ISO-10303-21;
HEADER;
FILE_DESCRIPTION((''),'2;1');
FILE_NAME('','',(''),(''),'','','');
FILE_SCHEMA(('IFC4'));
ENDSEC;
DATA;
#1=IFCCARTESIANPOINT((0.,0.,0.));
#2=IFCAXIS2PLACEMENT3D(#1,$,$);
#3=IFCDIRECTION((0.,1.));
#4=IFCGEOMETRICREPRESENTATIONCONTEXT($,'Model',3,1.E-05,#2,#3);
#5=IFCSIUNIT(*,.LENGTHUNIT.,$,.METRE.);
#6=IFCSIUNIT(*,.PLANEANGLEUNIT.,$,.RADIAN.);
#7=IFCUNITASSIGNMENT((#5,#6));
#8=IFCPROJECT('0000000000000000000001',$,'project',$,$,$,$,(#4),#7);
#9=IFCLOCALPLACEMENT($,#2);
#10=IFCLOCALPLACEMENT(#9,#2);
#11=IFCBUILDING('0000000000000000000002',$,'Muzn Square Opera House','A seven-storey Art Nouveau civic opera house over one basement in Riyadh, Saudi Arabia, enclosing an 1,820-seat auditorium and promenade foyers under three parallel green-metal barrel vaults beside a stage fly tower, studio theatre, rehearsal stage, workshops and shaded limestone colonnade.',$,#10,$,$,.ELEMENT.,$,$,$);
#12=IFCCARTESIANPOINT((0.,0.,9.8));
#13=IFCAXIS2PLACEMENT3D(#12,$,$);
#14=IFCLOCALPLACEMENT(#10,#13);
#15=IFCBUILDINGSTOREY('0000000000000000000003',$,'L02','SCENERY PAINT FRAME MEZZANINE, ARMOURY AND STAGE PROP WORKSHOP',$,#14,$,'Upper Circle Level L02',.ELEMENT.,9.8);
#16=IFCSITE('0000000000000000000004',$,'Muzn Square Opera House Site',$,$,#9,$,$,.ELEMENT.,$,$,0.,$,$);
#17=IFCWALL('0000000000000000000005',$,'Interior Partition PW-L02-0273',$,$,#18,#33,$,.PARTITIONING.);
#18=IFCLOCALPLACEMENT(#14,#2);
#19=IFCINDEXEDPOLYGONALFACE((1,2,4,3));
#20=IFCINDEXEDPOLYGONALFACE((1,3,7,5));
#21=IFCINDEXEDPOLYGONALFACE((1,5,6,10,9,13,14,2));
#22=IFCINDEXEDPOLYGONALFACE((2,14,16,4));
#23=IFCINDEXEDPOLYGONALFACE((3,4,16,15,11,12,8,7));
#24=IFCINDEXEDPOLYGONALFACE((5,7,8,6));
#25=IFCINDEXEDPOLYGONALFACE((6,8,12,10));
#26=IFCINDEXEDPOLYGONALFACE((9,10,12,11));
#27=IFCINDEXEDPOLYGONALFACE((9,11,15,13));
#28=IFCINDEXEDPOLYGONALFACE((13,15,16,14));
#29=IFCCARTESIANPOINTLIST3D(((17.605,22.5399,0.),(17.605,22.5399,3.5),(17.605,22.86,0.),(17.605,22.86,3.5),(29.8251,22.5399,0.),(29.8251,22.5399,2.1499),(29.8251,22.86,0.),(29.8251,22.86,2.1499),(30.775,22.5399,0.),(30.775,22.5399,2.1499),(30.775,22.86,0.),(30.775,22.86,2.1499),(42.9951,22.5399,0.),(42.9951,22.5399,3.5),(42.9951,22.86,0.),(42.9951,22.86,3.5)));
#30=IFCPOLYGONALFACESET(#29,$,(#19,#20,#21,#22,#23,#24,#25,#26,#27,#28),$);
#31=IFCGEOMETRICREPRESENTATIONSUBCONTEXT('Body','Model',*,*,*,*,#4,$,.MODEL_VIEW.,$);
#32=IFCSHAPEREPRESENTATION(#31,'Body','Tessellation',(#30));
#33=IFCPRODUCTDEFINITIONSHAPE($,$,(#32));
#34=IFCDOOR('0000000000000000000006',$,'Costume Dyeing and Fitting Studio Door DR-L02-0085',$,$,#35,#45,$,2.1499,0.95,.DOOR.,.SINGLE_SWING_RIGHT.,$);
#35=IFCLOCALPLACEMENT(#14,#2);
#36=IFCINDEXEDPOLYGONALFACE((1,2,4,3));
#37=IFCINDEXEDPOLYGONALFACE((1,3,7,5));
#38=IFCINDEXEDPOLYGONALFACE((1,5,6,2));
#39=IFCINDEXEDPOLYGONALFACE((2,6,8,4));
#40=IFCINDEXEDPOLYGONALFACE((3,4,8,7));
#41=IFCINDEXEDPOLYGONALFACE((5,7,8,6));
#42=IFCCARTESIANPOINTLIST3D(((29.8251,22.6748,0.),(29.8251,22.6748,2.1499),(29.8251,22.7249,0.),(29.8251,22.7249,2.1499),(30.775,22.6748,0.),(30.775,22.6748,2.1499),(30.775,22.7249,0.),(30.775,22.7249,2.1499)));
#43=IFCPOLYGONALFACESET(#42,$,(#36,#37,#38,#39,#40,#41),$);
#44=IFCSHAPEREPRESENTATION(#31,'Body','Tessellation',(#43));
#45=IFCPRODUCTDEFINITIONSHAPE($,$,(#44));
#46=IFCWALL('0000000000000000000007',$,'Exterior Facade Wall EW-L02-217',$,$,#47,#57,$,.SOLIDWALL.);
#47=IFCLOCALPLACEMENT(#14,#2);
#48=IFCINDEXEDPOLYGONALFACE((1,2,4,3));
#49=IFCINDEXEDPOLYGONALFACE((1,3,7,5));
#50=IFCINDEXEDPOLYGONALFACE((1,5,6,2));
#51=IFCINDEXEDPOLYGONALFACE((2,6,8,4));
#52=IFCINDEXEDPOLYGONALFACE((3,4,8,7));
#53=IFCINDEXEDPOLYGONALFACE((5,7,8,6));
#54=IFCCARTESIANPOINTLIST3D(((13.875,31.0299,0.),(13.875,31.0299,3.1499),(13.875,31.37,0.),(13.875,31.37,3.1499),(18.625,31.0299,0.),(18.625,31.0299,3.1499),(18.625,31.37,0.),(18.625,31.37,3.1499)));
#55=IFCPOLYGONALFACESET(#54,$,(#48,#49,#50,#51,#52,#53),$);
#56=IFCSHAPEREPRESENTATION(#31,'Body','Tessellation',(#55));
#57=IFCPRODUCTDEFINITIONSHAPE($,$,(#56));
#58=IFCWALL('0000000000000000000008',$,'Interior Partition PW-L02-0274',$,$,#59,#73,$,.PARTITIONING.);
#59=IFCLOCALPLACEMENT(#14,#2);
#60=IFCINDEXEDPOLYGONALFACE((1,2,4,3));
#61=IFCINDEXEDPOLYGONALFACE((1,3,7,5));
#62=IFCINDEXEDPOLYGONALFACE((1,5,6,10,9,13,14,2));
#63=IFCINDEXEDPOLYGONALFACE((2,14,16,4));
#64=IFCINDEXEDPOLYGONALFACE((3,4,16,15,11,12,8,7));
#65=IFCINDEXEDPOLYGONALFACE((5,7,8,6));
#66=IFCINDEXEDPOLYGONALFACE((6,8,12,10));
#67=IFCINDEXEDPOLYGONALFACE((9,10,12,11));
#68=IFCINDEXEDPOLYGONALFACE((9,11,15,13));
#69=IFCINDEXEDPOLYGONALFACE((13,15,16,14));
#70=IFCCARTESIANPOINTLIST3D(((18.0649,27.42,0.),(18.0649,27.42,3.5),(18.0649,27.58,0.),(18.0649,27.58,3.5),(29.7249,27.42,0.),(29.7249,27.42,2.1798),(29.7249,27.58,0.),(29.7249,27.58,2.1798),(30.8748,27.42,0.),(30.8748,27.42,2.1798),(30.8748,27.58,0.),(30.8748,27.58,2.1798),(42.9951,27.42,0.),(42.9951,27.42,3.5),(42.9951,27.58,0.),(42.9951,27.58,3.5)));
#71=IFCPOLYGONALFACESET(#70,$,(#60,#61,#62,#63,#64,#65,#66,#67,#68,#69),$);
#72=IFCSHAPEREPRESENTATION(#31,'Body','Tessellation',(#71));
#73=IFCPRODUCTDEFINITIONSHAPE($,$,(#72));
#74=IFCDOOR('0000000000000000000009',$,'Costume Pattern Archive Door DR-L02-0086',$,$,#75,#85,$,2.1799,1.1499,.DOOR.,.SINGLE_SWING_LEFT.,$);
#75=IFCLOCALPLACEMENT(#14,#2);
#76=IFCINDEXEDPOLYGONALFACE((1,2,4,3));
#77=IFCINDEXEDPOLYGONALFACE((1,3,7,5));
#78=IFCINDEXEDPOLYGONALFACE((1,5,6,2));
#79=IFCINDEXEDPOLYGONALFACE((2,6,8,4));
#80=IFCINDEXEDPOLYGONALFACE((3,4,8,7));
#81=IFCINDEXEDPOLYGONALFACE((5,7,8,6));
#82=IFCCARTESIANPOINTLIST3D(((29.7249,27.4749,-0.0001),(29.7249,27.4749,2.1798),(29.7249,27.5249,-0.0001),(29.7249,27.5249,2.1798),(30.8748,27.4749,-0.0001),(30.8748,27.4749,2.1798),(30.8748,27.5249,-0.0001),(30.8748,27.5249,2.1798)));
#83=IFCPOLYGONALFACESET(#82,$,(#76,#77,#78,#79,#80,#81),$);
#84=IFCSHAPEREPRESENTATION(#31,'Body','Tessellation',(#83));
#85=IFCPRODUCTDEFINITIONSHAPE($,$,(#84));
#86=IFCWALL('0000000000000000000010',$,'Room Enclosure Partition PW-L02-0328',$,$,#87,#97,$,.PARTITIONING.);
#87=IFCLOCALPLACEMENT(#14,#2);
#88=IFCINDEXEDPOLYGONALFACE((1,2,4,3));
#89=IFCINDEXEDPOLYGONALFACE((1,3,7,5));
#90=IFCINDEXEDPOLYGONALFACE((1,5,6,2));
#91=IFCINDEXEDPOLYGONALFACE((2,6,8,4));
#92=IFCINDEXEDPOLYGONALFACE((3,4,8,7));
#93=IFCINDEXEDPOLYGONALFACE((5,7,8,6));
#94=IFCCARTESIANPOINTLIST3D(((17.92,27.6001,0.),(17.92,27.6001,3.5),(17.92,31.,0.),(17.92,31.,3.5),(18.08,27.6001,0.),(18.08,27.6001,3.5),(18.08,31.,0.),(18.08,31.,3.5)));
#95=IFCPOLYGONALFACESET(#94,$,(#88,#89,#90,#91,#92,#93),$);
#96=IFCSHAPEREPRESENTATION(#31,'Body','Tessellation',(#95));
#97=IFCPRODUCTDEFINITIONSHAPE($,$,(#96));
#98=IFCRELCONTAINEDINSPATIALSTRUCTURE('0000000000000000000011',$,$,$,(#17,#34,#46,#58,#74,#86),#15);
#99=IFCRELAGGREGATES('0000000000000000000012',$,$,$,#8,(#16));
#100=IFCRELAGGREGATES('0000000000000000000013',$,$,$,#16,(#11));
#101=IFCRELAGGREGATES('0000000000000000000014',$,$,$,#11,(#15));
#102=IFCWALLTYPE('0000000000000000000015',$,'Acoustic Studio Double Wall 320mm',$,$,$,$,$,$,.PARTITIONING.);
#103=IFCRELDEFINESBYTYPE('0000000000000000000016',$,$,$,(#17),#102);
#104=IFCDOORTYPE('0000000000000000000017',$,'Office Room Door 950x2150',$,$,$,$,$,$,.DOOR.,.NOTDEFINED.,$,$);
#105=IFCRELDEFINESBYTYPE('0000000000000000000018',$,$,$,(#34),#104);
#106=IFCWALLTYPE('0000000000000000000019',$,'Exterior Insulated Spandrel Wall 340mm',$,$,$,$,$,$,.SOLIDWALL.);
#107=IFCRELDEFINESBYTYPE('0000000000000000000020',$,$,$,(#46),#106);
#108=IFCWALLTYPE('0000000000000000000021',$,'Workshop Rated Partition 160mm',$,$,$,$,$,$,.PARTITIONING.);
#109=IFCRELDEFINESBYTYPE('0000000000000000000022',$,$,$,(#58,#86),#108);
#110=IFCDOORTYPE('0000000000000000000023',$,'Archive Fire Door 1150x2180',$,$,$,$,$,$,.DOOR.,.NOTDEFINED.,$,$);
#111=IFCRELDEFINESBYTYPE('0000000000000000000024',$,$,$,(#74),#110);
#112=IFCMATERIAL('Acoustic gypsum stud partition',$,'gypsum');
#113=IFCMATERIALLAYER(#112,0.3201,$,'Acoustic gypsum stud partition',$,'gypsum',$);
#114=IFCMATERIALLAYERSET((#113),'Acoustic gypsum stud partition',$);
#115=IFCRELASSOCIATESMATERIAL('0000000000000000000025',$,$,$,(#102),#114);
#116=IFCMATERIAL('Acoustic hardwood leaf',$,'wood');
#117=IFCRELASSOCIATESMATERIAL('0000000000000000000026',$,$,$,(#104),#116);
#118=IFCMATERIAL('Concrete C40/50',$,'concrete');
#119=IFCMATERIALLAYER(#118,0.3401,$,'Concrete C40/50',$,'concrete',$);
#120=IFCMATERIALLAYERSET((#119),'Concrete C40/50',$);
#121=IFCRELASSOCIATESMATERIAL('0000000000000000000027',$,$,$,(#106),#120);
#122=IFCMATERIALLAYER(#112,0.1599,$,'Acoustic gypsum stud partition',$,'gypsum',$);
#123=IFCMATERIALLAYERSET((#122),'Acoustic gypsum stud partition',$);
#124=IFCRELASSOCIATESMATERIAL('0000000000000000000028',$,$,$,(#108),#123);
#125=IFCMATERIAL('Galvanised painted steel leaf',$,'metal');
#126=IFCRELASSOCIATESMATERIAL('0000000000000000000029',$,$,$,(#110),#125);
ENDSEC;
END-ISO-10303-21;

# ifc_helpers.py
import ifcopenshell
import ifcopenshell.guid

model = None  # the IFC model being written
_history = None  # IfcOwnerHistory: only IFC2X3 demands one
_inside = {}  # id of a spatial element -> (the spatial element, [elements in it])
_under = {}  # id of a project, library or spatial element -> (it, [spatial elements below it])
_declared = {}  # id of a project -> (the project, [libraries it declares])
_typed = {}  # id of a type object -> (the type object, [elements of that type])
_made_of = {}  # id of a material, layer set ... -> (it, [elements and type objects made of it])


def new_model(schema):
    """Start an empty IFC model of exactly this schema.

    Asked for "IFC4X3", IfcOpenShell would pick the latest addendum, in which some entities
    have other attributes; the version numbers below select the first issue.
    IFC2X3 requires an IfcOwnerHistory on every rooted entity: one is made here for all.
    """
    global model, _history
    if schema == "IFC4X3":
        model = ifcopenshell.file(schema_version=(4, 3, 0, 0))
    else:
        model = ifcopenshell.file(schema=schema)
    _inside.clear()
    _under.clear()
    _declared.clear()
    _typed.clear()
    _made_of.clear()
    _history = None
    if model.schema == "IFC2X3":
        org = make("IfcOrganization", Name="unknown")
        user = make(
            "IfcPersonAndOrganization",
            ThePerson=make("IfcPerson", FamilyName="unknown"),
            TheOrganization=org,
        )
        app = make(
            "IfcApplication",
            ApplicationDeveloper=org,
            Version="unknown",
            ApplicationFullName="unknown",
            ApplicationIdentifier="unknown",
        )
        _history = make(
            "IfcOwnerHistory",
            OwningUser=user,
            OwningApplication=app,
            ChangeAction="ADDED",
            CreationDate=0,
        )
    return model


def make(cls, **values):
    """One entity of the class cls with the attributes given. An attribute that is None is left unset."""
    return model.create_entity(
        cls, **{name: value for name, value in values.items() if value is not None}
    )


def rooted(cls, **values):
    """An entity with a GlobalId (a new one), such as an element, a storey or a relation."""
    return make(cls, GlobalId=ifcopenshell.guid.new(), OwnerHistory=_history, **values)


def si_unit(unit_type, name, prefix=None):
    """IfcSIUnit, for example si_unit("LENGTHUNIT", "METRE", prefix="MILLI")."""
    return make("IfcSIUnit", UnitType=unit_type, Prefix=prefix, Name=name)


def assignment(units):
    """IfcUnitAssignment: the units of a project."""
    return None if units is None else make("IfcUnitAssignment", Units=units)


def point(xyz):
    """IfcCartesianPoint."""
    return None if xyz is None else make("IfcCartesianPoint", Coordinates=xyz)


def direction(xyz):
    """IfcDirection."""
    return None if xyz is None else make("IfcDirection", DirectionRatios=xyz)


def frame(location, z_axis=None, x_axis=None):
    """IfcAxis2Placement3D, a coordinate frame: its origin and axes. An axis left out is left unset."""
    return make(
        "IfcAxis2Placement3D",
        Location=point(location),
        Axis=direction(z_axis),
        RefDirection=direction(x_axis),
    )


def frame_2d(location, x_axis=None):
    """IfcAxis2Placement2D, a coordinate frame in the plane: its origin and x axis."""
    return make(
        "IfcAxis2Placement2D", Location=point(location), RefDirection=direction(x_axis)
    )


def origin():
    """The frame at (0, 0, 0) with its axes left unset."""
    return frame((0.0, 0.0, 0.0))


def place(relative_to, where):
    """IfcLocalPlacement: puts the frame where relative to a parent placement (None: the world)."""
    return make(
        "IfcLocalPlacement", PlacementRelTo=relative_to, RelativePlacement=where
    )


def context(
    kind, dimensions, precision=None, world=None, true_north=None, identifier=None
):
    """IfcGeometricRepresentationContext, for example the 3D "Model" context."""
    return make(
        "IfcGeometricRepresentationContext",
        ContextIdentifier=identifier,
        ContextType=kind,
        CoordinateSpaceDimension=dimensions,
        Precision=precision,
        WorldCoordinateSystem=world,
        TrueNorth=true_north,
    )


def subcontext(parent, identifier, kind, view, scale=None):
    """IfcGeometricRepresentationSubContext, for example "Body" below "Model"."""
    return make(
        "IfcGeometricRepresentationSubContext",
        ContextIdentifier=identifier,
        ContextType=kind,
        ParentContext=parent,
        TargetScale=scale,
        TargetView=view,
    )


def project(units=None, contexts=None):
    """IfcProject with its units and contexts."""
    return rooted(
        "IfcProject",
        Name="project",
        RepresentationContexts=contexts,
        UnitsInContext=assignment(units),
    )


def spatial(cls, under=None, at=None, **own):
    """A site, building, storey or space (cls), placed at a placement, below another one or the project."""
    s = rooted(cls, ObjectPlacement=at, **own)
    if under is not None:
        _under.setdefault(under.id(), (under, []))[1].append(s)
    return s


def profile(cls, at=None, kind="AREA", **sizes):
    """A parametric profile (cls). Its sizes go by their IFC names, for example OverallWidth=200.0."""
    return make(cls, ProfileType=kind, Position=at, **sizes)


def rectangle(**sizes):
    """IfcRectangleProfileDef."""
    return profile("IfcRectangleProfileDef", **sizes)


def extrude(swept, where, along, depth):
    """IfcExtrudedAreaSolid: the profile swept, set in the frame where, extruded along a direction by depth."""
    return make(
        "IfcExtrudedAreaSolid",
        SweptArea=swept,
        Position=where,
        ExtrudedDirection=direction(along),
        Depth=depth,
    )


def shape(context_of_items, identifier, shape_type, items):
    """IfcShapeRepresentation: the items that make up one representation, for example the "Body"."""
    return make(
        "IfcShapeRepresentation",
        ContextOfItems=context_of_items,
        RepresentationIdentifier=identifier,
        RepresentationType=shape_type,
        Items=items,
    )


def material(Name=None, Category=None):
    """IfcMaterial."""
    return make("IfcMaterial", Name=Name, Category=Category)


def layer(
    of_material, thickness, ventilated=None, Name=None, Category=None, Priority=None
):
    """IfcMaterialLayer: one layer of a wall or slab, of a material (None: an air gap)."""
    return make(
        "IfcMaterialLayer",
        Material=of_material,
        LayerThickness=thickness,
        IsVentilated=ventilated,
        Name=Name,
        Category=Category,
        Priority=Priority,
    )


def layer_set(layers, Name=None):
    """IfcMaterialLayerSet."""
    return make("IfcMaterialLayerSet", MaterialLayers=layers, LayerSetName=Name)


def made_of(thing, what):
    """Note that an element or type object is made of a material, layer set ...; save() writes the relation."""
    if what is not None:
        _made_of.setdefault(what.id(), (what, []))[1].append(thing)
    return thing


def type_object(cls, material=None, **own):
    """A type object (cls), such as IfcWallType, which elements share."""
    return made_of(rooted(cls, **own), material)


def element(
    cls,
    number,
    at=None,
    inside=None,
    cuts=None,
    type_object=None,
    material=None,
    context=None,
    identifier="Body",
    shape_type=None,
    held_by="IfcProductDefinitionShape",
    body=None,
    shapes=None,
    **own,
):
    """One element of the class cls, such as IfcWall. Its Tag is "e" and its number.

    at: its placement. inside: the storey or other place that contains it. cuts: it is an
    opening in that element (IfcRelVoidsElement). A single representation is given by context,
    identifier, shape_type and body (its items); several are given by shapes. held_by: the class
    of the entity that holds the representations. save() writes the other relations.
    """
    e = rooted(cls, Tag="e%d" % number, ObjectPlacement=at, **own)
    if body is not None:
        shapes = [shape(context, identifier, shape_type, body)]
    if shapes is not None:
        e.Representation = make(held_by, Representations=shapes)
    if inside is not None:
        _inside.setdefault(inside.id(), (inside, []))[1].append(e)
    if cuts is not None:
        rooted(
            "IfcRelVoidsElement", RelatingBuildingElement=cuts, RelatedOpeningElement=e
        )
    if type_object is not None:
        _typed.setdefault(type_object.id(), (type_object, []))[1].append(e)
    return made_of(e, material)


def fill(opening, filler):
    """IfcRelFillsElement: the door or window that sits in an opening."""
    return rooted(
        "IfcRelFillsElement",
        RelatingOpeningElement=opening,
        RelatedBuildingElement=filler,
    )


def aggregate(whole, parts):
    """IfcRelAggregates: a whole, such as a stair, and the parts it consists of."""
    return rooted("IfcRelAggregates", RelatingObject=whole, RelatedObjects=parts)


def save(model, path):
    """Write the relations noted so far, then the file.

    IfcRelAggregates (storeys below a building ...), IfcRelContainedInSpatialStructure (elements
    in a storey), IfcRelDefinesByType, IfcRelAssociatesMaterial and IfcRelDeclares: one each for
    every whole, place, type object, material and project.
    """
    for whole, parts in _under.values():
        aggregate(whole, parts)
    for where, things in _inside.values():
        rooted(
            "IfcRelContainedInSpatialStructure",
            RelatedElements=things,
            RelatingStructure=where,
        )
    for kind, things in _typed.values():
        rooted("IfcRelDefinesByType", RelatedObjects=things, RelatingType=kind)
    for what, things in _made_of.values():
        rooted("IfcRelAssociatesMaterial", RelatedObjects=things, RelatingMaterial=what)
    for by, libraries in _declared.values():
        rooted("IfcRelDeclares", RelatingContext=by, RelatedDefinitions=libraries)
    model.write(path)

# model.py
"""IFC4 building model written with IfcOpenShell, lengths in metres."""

from ifc_helpers import new_model, si_unit, direction, frame, frame_2d, origin, place, context, subcontext, project, spatial, rectangle, extrude, material, layer, layer_set, type_object, element, fill, save


model = new_model("IFC4")

# Units and contexts
model_context = context("Model", 3, precision=1e-05, world=origin(), true_north=direction((0.0, 1.0)))
body_context = subcontext(model_context, "Body", "Model", "MODEL_VIEW")
ifc_project = project(units=[si_unit("LENGTHUNIT", "METRE"), si_unit("PLANEANGLEUNIT", "RADIAN")], contexts=[model_context])

# Site, building, storey
site_placement = place(None, origin())
site = spatial("IfcSite", under=ifc_project, at=site_placement, Name="Muzn Square Opera House Site", CompositionType="ELEMENT", RefElevation=0.0)
building_placement = place(site_placement, origin())
building = spatial("IfcBuilding", under=site, at=building_placement, Name="Muzn Square Opera House", Description="A seven-storey Art Nouveau civic opera house over one basement in Riyadh, Saudi Arabia, enclosing an 1,820-seat auditorium and promenade foyers under three parallel green-metal barrel vaults beside a stage fly tower, studio theatre, rehearsal stage, workshops and shaded limestone colonnade.", CompositionType="ELEMENT")
storey_placement = place(building_placement, frame((0.0, 0.0, 9.8)))
storey = spatial("IfcBuildingStorey", under=building, at=storey_placement, Name="L02", Description="SCENERY PAINT FRAME MEZZANINE, ARMOURY AND STAGE PROP WORKSHOP", LongName="Upper Circle Level L02", CompositionType="ELEMENT", Elevation=9.8)

# Shared definitions
ifc_material_1 = material(Name="Concrete C40/50", Category="concrete")

# Wall, opening, door
ifc_material_2 = material(Name="Acoustic gypsum stud partition", Category="gypsum")
ifc_layer_1 = layer(ifc_material_2, 0.3201, Name="Acoustic gypsum stud partition", Category="gypsum")
ifc_layer_set_1 = layer_set([ifc_layer_1], Name="Acoustic gypsum stud partition")
wall_type_1 = type_object("IfcWallType", Name="Acoustic Studio Double Wall 320mm", PredefinedType="PARTITIONING", material=ifc_layer_set_1)
wall_1_placement = place(storey_placement, frame((17.605, 22.7, 0.0), z_axis=(0.0, 0.0, 1.0), x_axis=(1.0, 0.0, 0.0)))
wall_1 = element("IfcWall", 1, at=wall_1_placement, inside=storey, type_object=wall_type_1, Name="Interior Partition PW-L02-0273", PredefinedType="PARTITIONING", context=body_context, shape_type="SweptSolid", body=[
    extrude(rectangle(XDim=25.3901, YDim=0.3201, at=frame_2d((12.6951, 0.0))), origin(), (0.0, 0.0, 1.0), 3.5),
])
opening_1_placement = place(wall_1_placement, frame((12.22, 0.0, 0.0)))
opening_1 = element("IfcOpeningElement", 2, at=opening_1_placement, cuts=wall_1, PredefinedType="OPENING", context=body_context, shape_type="SweptSolid", body=[
    extrude(rectangle(XDim=0.95, YDim=2.1499, at=frame_2d((0.4751, 1.075))), frame((0.0, 0.1699, 0.0), z_axis=(0.0, -1.0, 0.0), x_axis=(1.0, 0.0, 0.0)), (0.0, 0.0, 1.0), 0.3401),
])
ifc_material_3 = material(Name="Acoustic hardwood leaf", Category="wood")
door_type_1 = type_object("IfcDoorType", Name="Office Room Door 950x2150", OperationType="NOTDEFINED", PredefinedType="DOOR", material=ifc_material_3)
door_1_placement = place(opening_1_placement, origin())
door_1 = element("IfcDoor", 3, at=door_1_placement, inside=storey, type_object=door_type_1, Name="Costume Dyeing and Fitting Studio Door DR-L02-0085", OperationType="SINGLE_SWING_RIGHT", OverallHeight=2.1499, OverallWidth=0.95, PredefinedType="DOOR", context=body_context, shape_type="SweptSolid", body=[
    extrude(rectangle(XDim=0.95, YDim=2.1499, at=frame_2d((0.4751, 1.075))), frame((0.0, 0.0249, 0.0), z_axis=(0.0, -1.0, 0.0), x_axis=(1.0, 0.0, 0.0)), (0.0, 0.0, 1.0), 0.05),
])
fill(opening_1, door_1)

# Wall
ifc_layer_2 = layer(ifc_material_1, 0.3401, Name="Concrete C40/50", Category="concrete")
ifc_layer_set_2 = layer_set([ifc_layer_2], Name="Concrete C40/50")
wall_type_2 = type_object("IfcWallType", Name="Exterior Insulated Spandrel Wall 340mm", PredefinedType="SOLIDWALL", material=ifc_layer_set_2)
wall_2_placement = place(storey_placement, frame((13.875, 31.2, 0.0), z_axis=(0.0, 0.0, 1.0), x_axis=(1.0, 0.0, 0.0)))
element("IfcWall", 4, at=wall_2_placement, inside=storey, type_object=wall_type_2, Name="Exterior Facade Wall EW-L02-217", PredefinedType="SOLIDWALL", context=body_context, shape_type="SweptSolid", body=[
    extrude(rectangle(XDim=4.75, YDim=0.3401, at=frame_2d((2.375, 0.0))), origin(), (0.0, 0.0, 1.0), 3.1499),
])

# Wall, opening, door
ifc_layer_3 = layer(ifc_material_2, 0.1599, Name="Acoustic gypsum stud partition", Category="gypsum")
ifc_layer_set_3 = layer_set([ifc_layer_3], Name="Acoustic gypsum stud partition")
wall_type_3 = type_object("IfcWallType", Name="Workshop Rated Partition 160mm", PredefinedType="PARTITIONING", material=ifc_layer_set_3)
wall_3_placement = place(storey_placement, frame((18.0649, 27.5, 0.0), z_axis=(0.0, 0.0, 1.0), x_axis=(1.0, 0.0, 0.0)))
wall_3 = element("IfcWall", 5, at=wall_3_placement, inside=storey, type_object=wall_type_3, Name="Interior Partition PW-L02-0274", PredefinedType="PARTITIONING", context=body_context, shape_type="SweptSolid", body=[
    extrude(rectangle(XDim=24.9302, YDim=0.1599, at=frame_2d((12.4651, 0.0))), origin(), (0.0, 0.0, 1.0), 3.5),
])
opening_2_placement = place(wall_3_placement, frame((11.6599, 0.0, 0.0)))
opening_2 = element("IfcOpeningElement", 6, at=opening_2_placement, cuts=wall_3, PredefinedType="OPENING", context=body_context, shape_type="SweptSolid", body=[
    extrude(rectangle(XDim=1.1499, YDim=2.1799, at=frame_2d((0.575, 1.0898))), frame((0.0, 0.0898, 0.0), z_axis=(0.0, -1.0, 0.0), x_axis=(1.0, 0.0, 0.0)), (0.0, 0.0, 1.0), 0.1799),
])
ifc_material_4 = material(Name="Galvanised painted steel leaf", Category="metal")
door_type_2 = type_object("IfcDoorType", Name="Archive Fire Door 1150x2180", OperationType="NOTDEFINED", PredefinedType="DOOR", material=ifc_material_4)
door_2_placement = place(opening_2_placement, origin())
door_2 = element("IfcDoor", 7, at=door_2_placement, inside=storey, type_object=door_type_2, Name="Costume Pattern Archive Door DR-L02-0086", OperationType="SINGLE_SWING_LEFT", OverallHeight=2.1799, OverallWidth=1.1499, PredefinedType="DOOR", context=body_context, shape_type="SweptSolid", body=[
    extrude(rectangle(XDim=1.1499, YDim=2.1799, at=frame_2d((0.575, 1.0898))), frame((0.0, 0.0249, 0.0), z_axis=(0.0, -1.0, 0.0), x_axis=(1.0, 0.0, 0.0)), (0.0, 0.0, 1.0), 0.05),
])
fill(opening_2, door_2)

# Wall
wall_4_placement = place(storey_placement, frame((18.0, 27.6001, 0.0), z_axis=(0.0, 0.0, 1.0), x_axis=(0.0, 1.0, 0.0)))
element("IfcWall", 8, at=wall_4_placement, inside=storey, type_object=wall_type_3, Name="Room Enclosure Partition PW-L02-0328", PredefinedType="PARTITIONING", context=body_context, shape_type="SweptSolid", body=[
    extrude(rectangle(XDim=3.3999, YDim=0.1599, at=frame_2d((1.7, 0.0))), origin(), (0.0, 0.0, 1.0), 3.5),
])

save(model, "model.ifc")
